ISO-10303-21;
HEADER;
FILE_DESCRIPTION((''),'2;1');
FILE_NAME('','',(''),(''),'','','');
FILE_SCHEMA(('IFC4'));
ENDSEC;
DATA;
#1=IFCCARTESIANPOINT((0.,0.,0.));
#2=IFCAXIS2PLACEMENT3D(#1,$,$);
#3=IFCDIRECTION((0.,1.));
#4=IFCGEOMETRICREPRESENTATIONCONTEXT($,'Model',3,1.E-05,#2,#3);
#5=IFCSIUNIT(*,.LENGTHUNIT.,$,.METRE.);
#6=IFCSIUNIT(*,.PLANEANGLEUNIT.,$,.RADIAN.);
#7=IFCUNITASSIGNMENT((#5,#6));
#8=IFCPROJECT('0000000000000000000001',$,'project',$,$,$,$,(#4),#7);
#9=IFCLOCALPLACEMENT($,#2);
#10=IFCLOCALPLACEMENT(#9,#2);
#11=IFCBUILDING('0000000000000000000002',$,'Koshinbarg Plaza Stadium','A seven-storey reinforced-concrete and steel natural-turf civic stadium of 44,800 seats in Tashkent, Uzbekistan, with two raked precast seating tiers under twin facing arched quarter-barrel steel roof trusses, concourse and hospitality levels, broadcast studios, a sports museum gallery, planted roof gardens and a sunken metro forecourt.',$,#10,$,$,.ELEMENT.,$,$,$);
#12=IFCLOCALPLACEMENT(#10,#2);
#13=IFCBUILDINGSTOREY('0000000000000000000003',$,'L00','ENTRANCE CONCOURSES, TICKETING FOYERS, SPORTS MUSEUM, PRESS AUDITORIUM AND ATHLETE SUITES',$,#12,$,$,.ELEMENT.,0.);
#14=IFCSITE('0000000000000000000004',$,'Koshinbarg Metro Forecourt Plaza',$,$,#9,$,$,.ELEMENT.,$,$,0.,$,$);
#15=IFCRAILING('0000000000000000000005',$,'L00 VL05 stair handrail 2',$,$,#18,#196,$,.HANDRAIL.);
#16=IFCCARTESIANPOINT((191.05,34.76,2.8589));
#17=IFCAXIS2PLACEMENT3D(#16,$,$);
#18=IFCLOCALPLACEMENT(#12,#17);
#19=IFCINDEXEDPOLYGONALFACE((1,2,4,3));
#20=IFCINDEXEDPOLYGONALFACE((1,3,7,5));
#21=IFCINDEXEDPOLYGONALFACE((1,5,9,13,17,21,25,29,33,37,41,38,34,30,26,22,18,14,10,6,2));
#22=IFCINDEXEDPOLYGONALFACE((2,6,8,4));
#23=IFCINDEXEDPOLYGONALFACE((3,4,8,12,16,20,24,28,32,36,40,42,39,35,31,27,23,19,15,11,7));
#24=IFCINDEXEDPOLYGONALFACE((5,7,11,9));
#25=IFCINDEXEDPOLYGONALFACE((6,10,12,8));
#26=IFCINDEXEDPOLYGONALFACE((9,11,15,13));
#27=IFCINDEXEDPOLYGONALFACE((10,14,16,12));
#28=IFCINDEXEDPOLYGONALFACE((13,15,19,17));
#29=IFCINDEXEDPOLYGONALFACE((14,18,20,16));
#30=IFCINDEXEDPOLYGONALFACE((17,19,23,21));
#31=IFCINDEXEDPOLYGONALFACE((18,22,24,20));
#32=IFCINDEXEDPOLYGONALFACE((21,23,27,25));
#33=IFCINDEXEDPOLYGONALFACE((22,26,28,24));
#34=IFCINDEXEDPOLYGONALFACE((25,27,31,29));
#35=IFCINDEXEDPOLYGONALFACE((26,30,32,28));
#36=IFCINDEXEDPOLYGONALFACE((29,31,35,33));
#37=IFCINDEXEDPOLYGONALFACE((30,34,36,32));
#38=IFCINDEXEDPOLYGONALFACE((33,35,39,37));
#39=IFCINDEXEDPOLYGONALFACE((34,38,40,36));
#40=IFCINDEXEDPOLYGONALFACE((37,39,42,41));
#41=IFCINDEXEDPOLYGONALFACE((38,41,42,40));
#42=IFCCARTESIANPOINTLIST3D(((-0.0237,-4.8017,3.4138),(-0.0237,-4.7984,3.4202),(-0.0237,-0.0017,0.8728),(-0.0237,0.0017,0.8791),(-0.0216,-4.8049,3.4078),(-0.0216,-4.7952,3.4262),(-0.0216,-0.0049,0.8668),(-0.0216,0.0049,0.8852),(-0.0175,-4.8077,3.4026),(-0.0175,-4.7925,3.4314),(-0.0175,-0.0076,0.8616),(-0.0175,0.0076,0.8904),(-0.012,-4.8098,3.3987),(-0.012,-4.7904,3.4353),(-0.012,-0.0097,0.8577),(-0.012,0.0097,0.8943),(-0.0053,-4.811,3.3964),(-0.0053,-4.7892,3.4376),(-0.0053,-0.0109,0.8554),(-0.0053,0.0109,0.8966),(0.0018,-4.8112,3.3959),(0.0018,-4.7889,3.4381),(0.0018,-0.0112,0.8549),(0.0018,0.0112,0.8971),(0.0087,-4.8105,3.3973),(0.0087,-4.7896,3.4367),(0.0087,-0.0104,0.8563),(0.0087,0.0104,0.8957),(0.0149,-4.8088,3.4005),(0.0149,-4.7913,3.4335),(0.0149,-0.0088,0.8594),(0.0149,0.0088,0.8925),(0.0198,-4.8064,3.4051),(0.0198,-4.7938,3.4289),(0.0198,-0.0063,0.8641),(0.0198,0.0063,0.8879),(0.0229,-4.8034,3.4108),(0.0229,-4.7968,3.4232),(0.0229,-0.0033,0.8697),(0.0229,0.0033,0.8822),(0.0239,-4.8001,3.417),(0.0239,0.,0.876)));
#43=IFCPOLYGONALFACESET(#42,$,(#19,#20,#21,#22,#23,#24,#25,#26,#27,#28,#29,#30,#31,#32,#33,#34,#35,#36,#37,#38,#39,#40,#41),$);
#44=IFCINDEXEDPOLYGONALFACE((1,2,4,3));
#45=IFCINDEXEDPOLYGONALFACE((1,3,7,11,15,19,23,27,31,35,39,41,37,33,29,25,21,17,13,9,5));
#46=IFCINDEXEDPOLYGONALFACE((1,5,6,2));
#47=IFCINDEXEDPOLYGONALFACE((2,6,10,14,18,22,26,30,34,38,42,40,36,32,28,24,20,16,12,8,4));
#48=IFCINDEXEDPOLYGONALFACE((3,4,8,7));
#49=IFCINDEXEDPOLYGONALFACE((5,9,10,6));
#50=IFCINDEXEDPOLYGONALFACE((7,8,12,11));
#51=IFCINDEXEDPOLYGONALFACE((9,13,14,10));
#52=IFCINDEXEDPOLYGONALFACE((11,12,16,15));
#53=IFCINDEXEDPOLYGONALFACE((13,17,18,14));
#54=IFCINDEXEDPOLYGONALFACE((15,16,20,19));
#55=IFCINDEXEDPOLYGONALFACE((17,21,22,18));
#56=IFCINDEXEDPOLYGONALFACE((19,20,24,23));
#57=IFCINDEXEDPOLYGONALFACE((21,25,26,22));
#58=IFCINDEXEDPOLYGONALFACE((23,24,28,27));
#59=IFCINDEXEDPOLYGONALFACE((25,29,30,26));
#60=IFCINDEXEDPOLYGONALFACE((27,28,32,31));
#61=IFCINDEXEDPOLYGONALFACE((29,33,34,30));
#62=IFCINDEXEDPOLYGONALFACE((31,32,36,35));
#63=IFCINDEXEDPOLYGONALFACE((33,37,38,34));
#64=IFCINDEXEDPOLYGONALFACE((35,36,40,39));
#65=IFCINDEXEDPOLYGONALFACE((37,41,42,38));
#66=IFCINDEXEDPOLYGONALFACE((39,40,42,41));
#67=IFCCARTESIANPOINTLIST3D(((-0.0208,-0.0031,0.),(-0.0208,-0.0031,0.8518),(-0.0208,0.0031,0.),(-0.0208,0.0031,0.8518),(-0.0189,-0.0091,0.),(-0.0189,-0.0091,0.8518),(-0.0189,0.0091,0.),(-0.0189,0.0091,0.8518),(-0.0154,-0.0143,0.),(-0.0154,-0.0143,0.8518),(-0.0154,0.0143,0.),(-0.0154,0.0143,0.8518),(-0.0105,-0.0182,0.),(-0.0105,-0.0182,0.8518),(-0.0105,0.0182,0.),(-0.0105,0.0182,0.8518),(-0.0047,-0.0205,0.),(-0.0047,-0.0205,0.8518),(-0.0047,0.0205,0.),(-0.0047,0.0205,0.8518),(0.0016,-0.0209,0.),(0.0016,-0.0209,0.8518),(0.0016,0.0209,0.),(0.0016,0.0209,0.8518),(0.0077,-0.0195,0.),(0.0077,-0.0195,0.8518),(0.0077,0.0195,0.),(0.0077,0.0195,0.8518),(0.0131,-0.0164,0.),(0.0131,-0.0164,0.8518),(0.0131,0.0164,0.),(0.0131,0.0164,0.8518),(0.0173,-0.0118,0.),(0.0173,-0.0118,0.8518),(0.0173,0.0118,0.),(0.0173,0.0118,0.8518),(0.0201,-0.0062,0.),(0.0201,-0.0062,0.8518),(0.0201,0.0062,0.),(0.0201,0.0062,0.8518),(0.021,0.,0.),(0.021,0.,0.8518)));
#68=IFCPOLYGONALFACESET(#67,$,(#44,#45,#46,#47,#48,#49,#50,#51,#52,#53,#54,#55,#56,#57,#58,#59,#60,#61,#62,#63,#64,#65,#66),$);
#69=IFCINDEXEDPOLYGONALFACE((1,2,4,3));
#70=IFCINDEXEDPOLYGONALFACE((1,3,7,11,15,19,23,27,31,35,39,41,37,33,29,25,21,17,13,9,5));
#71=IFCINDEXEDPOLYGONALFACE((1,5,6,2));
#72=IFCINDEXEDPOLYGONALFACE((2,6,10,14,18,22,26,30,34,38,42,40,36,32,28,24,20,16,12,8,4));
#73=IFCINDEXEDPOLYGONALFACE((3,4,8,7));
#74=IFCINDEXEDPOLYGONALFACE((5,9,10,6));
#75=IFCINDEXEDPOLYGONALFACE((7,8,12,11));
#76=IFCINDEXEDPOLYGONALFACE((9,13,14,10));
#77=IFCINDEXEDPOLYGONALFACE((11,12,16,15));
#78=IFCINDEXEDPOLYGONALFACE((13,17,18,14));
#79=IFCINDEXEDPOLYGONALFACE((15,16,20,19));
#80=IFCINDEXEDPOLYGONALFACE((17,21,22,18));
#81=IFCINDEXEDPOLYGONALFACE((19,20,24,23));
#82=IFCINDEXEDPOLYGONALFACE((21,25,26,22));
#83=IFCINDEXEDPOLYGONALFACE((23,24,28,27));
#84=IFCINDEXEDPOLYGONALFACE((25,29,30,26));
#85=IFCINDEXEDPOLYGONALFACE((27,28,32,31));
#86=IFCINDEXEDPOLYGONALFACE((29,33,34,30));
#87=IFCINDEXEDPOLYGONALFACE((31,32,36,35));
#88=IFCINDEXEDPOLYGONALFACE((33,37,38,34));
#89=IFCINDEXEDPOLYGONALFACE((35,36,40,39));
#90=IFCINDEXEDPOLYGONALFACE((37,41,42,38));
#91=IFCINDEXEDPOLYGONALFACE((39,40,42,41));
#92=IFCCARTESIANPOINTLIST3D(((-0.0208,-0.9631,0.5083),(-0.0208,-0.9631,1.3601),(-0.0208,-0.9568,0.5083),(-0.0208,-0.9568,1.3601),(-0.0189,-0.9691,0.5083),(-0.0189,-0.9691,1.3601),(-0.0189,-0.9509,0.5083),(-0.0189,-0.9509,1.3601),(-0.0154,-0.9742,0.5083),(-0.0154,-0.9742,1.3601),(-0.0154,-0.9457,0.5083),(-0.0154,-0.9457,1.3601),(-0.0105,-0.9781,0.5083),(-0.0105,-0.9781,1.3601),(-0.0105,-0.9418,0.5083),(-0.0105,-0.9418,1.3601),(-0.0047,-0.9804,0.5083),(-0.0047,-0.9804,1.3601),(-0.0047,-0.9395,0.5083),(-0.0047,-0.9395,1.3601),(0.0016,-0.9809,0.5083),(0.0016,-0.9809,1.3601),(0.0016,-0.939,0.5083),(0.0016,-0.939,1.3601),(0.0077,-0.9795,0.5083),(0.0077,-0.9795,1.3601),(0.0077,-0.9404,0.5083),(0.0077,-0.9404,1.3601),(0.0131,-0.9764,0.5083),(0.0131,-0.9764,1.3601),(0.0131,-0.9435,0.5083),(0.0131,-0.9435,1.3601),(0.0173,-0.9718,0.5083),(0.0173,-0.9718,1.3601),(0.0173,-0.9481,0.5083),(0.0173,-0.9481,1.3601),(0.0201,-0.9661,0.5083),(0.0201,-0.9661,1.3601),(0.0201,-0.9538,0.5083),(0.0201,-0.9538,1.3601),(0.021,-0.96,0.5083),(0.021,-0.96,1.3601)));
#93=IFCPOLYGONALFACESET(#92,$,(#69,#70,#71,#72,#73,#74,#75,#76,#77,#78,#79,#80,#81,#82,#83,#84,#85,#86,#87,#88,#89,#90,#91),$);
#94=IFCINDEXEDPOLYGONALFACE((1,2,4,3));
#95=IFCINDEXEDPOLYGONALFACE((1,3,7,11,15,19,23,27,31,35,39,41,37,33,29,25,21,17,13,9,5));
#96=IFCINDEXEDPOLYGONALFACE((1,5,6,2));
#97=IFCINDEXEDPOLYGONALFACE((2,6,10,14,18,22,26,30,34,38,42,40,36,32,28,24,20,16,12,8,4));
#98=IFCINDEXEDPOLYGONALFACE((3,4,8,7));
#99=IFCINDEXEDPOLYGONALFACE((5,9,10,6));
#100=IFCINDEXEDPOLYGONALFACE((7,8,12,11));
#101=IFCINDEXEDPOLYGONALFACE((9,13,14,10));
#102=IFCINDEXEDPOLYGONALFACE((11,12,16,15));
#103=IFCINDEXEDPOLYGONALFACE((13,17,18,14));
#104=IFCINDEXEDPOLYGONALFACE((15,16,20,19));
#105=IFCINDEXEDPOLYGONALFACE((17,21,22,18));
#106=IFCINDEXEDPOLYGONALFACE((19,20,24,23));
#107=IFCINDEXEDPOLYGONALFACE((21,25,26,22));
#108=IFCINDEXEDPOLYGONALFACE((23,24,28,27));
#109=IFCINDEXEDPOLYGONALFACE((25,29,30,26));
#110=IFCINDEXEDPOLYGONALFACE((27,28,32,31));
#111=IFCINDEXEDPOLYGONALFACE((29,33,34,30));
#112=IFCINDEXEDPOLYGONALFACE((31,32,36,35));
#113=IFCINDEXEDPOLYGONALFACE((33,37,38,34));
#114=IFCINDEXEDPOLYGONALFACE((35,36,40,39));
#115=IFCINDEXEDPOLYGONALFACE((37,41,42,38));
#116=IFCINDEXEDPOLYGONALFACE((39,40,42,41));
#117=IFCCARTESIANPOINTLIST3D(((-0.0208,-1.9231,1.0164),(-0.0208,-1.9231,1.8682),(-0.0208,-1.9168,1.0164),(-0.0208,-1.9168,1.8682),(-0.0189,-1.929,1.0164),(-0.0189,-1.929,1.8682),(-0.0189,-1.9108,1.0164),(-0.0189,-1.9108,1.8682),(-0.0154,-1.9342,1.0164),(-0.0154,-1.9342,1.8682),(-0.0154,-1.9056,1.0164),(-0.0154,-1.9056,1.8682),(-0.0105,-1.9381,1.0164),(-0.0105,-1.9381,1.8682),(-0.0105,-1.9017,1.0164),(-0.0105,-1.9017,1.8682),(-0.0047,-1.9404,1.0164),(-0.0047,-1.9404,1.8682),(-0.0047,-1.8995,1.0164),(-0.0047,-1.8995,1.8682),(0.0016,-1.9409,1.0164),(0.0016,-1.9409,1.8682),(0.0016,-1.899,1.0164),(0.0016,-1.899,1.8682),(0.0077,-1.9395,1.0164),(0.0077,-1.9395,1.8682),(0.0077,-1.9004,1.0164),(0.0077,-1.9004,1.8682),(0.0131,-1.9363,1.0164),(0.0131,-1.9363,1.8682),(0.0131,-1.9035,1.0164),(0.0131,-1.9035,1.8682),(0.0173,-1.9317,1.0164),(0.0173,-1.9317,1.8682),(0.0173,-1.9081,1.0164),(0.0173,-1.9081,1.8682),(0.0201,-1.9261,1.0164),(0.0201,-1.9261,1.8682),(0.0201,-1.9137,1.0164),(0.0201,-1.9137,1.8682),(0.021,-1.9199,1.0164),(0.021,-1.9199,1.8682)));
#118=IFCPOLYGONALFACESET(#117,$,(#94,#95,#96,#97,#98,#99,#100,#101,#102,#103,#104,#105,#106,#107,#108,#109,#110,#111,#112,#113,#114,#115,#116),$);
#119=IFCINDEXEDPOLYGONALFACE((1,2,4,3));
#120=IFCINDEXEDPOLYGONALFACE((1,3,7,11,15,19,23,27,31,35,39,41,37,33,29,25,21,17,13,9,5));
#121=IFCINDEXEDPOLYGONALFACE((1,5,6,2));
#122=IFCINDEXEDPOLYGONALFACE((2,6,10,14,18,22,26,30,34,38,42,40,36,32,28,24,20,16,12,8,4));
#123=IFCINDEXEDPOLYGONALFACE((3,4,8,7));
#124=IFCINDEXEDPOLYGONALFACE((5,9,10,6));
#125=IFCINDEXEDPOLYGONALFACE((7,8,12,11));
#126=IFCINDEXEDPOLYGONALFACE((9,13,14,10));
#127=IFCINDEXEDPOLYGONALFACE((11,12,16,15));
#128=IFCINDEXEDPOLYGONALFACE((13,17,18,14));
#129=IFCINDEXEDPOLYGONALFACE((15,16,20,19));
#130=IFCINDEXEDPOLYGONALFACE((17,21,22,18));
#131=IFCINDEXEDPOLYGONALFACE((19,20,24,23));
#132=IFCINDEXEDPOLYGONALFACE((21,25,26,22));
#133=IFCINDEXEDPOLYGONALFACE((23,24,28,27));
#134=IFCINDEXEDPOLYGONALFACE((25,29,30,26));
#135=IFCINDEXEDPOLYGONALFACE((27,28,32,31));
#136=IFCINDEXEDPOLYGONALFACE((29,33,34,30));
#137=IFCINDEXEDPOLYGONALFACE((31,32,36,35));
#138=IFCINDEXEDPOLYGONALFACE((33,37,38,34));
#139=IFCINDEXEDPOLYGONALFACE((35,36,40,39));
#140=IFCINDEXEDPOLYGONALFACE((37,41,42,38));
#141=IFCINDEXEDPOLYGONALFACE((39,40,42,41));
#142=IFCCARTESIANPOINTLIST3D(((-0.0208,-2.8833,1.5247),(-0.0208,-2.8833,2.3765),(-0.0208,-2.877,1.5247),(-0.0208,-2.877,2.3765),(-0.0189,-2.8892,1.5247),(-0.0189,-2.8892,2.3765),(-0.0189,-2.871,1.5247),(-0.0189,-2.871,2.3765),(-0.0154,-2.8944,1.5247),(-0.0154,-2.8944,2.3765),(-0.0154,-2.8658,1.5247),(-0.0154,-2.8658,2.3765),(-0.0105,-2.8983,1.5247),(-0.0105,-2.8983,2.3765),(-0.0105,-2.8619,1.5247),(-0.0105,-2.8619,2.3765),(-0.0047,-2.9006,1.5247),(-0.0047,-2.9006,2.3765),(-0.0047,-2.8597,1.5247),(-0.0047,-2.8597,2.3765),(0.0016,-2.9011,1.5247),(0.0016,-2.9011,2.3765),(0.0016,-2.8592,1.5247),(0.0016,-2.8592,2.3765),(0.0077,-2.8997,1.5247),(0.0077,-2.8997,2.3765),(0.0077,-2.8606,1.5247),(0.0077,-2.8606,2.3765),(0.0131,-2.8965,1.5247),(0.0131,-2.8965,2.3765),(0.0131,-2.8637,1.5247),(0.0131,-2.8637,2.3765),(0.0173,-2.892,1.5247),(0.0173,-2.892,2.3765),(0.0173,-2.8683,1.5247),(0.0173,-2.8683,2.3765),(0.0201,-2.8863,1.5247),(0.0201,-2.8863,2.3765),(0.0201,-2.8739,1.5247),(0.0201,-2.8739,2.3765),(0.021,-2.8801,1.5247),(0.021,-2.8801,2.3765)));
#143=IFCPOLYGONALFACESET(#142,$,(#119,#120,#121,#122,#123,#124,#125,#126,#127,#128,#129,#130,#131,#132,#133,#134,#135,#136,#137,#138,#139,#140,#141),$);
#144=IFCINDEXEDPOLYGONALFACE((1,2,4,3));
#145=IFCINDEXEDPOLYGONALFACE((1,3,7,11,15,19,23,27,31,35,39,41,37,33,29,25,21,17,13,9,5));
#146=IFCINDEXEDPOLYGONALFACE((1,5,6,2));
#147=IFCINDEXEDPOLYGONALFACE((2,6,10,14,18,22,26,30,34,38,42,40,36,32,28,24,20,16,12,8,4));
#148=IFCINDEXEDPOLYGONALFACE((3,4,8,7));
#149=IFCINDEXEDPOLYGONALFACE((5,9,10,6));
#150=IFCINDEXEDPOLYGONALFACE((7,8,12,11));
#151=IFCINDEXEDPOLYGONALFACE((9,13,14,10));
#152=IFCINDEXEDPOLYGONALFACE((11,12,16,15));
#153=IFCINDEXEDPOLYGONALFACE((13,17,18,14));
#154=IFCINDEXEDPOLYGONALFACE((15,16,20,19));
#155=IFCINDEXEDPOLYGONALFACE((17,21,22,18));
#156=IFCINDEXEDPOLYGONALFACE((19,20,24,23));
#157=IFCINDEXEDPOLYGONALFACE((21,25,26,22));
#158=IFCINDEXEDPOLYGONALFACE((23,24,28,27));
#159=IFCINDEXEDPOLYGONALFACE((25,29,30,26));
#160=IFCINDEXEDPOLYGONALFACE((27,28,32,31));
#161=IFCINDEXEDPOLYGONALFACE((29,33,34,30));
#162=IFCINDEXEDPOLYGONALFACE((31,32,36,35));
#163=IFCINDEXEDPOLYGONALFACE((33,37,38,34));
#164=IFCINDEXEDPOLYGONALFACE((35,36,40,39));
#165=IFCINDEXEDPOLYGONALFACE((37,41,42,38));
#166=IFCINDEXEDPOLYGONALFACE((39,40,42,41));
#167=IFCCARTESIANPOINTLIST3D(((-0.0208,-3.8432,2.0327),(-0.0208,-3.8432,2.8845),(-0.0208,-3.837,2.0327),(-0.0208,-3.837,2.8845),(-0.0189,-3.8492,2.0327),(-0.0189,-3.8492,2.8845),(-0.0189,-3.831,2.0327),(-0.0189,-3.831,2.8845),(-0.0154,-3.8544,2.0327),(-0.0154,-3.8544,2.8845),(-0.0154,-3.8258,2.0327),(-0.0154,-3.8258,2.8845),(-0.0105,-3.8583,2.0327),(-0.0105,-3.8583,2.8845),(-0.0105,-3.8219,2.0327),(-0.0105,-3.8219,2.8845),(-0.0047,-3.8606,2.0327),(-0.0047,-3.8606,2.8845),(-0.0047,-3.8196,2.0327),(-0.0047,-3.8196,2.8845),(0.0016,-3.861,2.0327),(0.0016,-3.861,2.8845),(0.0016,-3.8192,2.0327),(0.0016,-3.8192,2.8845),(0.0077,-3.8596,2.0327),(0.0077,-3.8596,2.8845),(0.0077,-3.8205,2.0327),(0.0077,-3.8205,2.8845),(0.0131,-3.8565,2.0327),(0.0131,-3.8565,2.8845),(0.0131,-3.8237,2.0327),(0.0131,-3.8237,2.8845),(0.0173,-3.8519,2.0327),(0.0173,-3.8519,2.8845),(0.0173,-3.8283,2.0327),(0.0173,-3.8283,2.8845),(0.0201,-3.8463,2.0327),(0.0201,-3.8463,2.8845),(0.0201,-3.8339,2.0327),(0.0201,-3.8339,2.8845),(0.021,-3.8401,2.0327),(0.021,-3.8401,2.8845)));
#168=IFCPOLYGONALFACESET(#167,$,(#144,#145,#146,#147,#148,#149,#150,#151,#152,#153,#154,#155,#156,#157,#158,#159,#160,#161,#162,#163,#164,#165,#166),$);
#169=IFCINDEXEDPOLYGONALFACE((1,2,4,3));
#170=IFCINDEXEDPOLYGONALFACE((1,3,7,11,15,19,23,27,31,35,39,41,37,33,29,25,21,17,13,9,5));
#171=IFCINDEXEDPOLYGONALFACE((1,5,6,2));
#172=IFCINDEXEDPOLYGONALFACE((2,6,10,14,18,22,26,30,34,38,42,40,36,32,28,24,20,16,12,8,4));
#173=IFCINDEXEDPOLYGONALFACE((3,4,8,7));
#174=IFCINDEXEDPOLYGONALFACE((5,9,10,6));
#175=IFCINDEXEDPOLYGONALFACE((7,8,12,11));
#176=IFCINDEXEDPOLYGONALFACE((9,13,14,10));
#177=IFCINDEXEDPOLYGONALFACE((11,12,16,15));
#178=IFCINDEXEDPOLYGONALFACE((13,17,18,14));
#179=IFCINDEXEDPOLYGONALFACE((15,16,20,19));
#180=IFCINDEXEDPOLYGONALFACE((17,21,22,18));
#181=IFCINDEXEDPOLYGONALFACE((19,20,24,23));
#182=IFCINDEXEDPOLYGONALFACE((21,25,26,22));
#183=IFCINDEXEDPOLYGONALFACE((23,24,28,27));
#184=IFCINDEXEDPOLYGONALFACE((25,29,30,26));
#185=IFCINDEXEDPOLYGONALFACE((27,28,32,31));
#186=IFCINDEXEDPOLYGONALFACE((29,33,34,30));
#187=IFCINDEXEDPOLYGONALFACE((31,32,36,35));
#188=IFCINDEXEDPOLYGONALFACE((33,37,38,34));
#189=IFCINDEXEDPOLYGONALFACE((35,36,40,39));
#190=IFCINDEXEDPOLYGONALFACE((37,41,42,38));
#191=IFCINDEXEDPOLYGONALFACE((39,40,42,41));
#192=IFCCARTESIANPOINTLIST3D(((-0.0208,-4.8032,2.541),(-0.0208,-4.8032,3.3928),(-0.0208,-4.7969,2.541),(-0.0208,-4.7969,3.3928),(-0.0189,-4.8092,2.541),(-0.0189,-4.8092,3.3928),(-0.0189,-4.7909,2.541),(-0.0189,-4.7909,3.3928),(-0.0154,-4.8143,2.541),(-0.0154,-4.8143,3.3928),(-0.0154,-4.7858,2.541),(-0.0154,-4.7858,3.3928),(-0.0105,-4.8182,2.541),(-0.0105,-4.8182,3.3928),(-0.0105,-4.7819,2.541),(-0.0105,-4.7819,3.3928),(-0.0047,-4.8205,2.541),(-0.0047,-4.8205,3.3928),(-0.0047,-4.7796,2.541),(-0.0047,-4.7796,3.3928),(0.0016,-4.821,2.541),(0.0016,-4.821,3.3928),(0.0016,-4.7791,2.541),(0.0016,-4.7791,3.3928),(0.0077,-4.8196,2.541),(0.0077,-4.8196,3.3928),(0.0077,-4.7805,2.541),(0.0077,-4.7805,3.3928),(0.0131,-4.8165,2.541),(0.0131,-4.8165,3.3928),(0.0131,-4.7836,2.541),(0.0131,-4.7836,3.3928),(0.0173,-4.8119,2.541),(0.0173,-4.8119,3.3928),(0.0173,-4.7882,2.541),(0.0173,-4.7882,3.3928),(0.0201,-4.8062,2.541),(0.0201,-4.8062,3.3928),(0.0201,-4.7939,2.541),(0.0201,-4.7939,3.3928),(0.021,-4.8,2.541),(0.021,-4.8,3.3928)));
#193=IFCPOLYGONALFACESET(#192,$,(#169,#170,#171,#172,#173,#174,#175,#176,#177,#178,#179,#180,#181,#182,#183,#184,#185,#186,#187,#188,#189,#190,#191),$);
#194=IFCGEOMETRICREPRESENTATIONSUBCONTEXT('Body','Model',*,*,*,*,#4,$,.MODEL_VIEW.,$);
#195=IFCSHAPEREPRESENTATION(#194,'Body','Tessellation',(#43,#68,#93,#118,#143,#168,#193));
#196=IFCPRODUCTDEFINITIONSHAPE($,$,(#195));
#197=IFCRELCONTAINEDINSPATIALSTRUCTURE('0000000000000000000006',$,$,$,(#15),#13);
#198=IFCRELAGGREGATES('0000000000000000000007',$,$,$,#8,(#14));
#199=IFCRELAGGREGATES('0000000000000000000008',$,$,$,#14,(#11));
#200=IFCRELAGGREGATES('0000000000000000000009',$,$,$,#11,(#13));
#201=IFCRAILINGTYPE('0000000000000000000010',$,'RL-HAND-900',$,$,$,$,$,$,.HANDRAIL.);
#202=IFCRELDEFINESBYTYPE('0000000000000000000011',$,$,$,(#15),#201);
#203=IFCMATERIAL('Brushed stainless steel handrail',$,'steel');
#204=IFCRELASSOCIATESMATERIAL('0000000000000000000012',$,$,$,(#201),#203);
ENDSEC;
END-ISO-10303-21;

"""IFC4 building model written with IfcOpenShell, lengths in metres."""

from ifc_helpers import new_model, si_unit, direction, frame, origin, origin_2d, place, context, subcontext, project, spatial, circle, extrude, material, type_object, element, save


model = new_model("IFC4")

# Units and contexts
model_context = context("Model", 3, precision=1e-05, world=origin(), true_north=direction((0.0, 1.0)))
body_context = subcontext(model_context, "Body", "Model", "MODEL_VIEW")
ifc_project = project(units=[si_unit("LENGTHUNIT", "METRE"), si_unit("PLANEANGLEUNIT", "RADIAN")], contexts=[model_context])

# Site, building, storey
site_placement = place(None, origin())
site = spatial("IfcSite", under=ifc_project, at=site_placement, Name="Koshinbarg Metro Forecourt Plaza", CompositionType="ELEMENT", RefElevation=0.0)
building_placement = place(site_placement, origin())
building = spatial("IfcBuilding", under=site, at=building_placement, Name="Koshinbarg Plaza Stadium", Description="A seven-storey reinforced-concrete and steel natural-turf civic stadium of 44,800 seats in Tashkent, Uzbekistan, with two raked precast seating tiers under twin facing arched quarter-barrel steel roof trusses, concourse and hospitality levels, broadcast studios, a sports museum gallery, planted roof gardens and a sunken metro forecourt.", CompositionType="ELEMENT")
storey_placement = place(building_placement, origin())
storey = spatial("IfcBuildingStorey", under=building, at=storey_placement, Name="L00", Description="ENTRANCE CONCOURSES, TICKETING FOYERS, SPORTS MUSEUM, PRESS AUDITORIUM AND ATHLETE SUITES", CompositionType="ELEMENT", Elevation=0.0)

# Railing
ifc_material_1 = material(Name="Brushed stainless steel handrail", Category="steel")
railing_type_1 = type_object("IfcRailingType", Name="RL-HAND-900", PredefinedType="HANDRAIL", material=ifc_material_1)
for number, where, name in (
    (1, (191.05, 34.76, 2.8589), "L00 VL05 stair handrail 2"),
):
    element("IfcRailing", number, at=place(storey_placement, frame(where)), inside=storey, type_object=railing_type_1, Name=name, PredefinedType="HANDRAIL", context=body_context, shape_type="SweptSolid", body=[
        extrude(circle(Radius=0.0239, at=origin_2d()), frame((0.0, 0.0, 0.876), z_axis=(0.0, -0.883802, 0.467861), x_axis=(1.0, 0.0, 0.0)), (0.0, 0.0, 1.0), 5.4312),
        extrude(circle(Radius=0.021, at=origin_2d()), origin(), (0.0, 0.0, 1.0), 0.8518),
        extrude(circle(Radius=0.021, at=origin_2d()), frame((0.0, -0.96, 0.5083)), (0.0, 0.0, 1.0), 0.8518),
        extrude(circle(Radius=0.021, at=origin_2d()), frame((0.0, -1.9199, 1.0164)), (0.0, 0.0, 1.0), 0.8518),
        extrude(circle(Radius=0.021, at=origin_2d()), frame((0.0, -2.8801, 1.5247)), (0.0, 0.0, 1.0), 0.8518),
        extrude(circle(Radius=0.021, at=origin_2d()), frame((0.0, -3.8401, 2.0327)), (0.0, 0.0, 1.0), 0.8518),
        extrude(circle(Radius=0.021, at=origin_2d()), frame((0.0, -4.8, 2.541)), (0.0, 0.0, 1.0), 0.8518),
    ])

save(model, "model.ifc")
